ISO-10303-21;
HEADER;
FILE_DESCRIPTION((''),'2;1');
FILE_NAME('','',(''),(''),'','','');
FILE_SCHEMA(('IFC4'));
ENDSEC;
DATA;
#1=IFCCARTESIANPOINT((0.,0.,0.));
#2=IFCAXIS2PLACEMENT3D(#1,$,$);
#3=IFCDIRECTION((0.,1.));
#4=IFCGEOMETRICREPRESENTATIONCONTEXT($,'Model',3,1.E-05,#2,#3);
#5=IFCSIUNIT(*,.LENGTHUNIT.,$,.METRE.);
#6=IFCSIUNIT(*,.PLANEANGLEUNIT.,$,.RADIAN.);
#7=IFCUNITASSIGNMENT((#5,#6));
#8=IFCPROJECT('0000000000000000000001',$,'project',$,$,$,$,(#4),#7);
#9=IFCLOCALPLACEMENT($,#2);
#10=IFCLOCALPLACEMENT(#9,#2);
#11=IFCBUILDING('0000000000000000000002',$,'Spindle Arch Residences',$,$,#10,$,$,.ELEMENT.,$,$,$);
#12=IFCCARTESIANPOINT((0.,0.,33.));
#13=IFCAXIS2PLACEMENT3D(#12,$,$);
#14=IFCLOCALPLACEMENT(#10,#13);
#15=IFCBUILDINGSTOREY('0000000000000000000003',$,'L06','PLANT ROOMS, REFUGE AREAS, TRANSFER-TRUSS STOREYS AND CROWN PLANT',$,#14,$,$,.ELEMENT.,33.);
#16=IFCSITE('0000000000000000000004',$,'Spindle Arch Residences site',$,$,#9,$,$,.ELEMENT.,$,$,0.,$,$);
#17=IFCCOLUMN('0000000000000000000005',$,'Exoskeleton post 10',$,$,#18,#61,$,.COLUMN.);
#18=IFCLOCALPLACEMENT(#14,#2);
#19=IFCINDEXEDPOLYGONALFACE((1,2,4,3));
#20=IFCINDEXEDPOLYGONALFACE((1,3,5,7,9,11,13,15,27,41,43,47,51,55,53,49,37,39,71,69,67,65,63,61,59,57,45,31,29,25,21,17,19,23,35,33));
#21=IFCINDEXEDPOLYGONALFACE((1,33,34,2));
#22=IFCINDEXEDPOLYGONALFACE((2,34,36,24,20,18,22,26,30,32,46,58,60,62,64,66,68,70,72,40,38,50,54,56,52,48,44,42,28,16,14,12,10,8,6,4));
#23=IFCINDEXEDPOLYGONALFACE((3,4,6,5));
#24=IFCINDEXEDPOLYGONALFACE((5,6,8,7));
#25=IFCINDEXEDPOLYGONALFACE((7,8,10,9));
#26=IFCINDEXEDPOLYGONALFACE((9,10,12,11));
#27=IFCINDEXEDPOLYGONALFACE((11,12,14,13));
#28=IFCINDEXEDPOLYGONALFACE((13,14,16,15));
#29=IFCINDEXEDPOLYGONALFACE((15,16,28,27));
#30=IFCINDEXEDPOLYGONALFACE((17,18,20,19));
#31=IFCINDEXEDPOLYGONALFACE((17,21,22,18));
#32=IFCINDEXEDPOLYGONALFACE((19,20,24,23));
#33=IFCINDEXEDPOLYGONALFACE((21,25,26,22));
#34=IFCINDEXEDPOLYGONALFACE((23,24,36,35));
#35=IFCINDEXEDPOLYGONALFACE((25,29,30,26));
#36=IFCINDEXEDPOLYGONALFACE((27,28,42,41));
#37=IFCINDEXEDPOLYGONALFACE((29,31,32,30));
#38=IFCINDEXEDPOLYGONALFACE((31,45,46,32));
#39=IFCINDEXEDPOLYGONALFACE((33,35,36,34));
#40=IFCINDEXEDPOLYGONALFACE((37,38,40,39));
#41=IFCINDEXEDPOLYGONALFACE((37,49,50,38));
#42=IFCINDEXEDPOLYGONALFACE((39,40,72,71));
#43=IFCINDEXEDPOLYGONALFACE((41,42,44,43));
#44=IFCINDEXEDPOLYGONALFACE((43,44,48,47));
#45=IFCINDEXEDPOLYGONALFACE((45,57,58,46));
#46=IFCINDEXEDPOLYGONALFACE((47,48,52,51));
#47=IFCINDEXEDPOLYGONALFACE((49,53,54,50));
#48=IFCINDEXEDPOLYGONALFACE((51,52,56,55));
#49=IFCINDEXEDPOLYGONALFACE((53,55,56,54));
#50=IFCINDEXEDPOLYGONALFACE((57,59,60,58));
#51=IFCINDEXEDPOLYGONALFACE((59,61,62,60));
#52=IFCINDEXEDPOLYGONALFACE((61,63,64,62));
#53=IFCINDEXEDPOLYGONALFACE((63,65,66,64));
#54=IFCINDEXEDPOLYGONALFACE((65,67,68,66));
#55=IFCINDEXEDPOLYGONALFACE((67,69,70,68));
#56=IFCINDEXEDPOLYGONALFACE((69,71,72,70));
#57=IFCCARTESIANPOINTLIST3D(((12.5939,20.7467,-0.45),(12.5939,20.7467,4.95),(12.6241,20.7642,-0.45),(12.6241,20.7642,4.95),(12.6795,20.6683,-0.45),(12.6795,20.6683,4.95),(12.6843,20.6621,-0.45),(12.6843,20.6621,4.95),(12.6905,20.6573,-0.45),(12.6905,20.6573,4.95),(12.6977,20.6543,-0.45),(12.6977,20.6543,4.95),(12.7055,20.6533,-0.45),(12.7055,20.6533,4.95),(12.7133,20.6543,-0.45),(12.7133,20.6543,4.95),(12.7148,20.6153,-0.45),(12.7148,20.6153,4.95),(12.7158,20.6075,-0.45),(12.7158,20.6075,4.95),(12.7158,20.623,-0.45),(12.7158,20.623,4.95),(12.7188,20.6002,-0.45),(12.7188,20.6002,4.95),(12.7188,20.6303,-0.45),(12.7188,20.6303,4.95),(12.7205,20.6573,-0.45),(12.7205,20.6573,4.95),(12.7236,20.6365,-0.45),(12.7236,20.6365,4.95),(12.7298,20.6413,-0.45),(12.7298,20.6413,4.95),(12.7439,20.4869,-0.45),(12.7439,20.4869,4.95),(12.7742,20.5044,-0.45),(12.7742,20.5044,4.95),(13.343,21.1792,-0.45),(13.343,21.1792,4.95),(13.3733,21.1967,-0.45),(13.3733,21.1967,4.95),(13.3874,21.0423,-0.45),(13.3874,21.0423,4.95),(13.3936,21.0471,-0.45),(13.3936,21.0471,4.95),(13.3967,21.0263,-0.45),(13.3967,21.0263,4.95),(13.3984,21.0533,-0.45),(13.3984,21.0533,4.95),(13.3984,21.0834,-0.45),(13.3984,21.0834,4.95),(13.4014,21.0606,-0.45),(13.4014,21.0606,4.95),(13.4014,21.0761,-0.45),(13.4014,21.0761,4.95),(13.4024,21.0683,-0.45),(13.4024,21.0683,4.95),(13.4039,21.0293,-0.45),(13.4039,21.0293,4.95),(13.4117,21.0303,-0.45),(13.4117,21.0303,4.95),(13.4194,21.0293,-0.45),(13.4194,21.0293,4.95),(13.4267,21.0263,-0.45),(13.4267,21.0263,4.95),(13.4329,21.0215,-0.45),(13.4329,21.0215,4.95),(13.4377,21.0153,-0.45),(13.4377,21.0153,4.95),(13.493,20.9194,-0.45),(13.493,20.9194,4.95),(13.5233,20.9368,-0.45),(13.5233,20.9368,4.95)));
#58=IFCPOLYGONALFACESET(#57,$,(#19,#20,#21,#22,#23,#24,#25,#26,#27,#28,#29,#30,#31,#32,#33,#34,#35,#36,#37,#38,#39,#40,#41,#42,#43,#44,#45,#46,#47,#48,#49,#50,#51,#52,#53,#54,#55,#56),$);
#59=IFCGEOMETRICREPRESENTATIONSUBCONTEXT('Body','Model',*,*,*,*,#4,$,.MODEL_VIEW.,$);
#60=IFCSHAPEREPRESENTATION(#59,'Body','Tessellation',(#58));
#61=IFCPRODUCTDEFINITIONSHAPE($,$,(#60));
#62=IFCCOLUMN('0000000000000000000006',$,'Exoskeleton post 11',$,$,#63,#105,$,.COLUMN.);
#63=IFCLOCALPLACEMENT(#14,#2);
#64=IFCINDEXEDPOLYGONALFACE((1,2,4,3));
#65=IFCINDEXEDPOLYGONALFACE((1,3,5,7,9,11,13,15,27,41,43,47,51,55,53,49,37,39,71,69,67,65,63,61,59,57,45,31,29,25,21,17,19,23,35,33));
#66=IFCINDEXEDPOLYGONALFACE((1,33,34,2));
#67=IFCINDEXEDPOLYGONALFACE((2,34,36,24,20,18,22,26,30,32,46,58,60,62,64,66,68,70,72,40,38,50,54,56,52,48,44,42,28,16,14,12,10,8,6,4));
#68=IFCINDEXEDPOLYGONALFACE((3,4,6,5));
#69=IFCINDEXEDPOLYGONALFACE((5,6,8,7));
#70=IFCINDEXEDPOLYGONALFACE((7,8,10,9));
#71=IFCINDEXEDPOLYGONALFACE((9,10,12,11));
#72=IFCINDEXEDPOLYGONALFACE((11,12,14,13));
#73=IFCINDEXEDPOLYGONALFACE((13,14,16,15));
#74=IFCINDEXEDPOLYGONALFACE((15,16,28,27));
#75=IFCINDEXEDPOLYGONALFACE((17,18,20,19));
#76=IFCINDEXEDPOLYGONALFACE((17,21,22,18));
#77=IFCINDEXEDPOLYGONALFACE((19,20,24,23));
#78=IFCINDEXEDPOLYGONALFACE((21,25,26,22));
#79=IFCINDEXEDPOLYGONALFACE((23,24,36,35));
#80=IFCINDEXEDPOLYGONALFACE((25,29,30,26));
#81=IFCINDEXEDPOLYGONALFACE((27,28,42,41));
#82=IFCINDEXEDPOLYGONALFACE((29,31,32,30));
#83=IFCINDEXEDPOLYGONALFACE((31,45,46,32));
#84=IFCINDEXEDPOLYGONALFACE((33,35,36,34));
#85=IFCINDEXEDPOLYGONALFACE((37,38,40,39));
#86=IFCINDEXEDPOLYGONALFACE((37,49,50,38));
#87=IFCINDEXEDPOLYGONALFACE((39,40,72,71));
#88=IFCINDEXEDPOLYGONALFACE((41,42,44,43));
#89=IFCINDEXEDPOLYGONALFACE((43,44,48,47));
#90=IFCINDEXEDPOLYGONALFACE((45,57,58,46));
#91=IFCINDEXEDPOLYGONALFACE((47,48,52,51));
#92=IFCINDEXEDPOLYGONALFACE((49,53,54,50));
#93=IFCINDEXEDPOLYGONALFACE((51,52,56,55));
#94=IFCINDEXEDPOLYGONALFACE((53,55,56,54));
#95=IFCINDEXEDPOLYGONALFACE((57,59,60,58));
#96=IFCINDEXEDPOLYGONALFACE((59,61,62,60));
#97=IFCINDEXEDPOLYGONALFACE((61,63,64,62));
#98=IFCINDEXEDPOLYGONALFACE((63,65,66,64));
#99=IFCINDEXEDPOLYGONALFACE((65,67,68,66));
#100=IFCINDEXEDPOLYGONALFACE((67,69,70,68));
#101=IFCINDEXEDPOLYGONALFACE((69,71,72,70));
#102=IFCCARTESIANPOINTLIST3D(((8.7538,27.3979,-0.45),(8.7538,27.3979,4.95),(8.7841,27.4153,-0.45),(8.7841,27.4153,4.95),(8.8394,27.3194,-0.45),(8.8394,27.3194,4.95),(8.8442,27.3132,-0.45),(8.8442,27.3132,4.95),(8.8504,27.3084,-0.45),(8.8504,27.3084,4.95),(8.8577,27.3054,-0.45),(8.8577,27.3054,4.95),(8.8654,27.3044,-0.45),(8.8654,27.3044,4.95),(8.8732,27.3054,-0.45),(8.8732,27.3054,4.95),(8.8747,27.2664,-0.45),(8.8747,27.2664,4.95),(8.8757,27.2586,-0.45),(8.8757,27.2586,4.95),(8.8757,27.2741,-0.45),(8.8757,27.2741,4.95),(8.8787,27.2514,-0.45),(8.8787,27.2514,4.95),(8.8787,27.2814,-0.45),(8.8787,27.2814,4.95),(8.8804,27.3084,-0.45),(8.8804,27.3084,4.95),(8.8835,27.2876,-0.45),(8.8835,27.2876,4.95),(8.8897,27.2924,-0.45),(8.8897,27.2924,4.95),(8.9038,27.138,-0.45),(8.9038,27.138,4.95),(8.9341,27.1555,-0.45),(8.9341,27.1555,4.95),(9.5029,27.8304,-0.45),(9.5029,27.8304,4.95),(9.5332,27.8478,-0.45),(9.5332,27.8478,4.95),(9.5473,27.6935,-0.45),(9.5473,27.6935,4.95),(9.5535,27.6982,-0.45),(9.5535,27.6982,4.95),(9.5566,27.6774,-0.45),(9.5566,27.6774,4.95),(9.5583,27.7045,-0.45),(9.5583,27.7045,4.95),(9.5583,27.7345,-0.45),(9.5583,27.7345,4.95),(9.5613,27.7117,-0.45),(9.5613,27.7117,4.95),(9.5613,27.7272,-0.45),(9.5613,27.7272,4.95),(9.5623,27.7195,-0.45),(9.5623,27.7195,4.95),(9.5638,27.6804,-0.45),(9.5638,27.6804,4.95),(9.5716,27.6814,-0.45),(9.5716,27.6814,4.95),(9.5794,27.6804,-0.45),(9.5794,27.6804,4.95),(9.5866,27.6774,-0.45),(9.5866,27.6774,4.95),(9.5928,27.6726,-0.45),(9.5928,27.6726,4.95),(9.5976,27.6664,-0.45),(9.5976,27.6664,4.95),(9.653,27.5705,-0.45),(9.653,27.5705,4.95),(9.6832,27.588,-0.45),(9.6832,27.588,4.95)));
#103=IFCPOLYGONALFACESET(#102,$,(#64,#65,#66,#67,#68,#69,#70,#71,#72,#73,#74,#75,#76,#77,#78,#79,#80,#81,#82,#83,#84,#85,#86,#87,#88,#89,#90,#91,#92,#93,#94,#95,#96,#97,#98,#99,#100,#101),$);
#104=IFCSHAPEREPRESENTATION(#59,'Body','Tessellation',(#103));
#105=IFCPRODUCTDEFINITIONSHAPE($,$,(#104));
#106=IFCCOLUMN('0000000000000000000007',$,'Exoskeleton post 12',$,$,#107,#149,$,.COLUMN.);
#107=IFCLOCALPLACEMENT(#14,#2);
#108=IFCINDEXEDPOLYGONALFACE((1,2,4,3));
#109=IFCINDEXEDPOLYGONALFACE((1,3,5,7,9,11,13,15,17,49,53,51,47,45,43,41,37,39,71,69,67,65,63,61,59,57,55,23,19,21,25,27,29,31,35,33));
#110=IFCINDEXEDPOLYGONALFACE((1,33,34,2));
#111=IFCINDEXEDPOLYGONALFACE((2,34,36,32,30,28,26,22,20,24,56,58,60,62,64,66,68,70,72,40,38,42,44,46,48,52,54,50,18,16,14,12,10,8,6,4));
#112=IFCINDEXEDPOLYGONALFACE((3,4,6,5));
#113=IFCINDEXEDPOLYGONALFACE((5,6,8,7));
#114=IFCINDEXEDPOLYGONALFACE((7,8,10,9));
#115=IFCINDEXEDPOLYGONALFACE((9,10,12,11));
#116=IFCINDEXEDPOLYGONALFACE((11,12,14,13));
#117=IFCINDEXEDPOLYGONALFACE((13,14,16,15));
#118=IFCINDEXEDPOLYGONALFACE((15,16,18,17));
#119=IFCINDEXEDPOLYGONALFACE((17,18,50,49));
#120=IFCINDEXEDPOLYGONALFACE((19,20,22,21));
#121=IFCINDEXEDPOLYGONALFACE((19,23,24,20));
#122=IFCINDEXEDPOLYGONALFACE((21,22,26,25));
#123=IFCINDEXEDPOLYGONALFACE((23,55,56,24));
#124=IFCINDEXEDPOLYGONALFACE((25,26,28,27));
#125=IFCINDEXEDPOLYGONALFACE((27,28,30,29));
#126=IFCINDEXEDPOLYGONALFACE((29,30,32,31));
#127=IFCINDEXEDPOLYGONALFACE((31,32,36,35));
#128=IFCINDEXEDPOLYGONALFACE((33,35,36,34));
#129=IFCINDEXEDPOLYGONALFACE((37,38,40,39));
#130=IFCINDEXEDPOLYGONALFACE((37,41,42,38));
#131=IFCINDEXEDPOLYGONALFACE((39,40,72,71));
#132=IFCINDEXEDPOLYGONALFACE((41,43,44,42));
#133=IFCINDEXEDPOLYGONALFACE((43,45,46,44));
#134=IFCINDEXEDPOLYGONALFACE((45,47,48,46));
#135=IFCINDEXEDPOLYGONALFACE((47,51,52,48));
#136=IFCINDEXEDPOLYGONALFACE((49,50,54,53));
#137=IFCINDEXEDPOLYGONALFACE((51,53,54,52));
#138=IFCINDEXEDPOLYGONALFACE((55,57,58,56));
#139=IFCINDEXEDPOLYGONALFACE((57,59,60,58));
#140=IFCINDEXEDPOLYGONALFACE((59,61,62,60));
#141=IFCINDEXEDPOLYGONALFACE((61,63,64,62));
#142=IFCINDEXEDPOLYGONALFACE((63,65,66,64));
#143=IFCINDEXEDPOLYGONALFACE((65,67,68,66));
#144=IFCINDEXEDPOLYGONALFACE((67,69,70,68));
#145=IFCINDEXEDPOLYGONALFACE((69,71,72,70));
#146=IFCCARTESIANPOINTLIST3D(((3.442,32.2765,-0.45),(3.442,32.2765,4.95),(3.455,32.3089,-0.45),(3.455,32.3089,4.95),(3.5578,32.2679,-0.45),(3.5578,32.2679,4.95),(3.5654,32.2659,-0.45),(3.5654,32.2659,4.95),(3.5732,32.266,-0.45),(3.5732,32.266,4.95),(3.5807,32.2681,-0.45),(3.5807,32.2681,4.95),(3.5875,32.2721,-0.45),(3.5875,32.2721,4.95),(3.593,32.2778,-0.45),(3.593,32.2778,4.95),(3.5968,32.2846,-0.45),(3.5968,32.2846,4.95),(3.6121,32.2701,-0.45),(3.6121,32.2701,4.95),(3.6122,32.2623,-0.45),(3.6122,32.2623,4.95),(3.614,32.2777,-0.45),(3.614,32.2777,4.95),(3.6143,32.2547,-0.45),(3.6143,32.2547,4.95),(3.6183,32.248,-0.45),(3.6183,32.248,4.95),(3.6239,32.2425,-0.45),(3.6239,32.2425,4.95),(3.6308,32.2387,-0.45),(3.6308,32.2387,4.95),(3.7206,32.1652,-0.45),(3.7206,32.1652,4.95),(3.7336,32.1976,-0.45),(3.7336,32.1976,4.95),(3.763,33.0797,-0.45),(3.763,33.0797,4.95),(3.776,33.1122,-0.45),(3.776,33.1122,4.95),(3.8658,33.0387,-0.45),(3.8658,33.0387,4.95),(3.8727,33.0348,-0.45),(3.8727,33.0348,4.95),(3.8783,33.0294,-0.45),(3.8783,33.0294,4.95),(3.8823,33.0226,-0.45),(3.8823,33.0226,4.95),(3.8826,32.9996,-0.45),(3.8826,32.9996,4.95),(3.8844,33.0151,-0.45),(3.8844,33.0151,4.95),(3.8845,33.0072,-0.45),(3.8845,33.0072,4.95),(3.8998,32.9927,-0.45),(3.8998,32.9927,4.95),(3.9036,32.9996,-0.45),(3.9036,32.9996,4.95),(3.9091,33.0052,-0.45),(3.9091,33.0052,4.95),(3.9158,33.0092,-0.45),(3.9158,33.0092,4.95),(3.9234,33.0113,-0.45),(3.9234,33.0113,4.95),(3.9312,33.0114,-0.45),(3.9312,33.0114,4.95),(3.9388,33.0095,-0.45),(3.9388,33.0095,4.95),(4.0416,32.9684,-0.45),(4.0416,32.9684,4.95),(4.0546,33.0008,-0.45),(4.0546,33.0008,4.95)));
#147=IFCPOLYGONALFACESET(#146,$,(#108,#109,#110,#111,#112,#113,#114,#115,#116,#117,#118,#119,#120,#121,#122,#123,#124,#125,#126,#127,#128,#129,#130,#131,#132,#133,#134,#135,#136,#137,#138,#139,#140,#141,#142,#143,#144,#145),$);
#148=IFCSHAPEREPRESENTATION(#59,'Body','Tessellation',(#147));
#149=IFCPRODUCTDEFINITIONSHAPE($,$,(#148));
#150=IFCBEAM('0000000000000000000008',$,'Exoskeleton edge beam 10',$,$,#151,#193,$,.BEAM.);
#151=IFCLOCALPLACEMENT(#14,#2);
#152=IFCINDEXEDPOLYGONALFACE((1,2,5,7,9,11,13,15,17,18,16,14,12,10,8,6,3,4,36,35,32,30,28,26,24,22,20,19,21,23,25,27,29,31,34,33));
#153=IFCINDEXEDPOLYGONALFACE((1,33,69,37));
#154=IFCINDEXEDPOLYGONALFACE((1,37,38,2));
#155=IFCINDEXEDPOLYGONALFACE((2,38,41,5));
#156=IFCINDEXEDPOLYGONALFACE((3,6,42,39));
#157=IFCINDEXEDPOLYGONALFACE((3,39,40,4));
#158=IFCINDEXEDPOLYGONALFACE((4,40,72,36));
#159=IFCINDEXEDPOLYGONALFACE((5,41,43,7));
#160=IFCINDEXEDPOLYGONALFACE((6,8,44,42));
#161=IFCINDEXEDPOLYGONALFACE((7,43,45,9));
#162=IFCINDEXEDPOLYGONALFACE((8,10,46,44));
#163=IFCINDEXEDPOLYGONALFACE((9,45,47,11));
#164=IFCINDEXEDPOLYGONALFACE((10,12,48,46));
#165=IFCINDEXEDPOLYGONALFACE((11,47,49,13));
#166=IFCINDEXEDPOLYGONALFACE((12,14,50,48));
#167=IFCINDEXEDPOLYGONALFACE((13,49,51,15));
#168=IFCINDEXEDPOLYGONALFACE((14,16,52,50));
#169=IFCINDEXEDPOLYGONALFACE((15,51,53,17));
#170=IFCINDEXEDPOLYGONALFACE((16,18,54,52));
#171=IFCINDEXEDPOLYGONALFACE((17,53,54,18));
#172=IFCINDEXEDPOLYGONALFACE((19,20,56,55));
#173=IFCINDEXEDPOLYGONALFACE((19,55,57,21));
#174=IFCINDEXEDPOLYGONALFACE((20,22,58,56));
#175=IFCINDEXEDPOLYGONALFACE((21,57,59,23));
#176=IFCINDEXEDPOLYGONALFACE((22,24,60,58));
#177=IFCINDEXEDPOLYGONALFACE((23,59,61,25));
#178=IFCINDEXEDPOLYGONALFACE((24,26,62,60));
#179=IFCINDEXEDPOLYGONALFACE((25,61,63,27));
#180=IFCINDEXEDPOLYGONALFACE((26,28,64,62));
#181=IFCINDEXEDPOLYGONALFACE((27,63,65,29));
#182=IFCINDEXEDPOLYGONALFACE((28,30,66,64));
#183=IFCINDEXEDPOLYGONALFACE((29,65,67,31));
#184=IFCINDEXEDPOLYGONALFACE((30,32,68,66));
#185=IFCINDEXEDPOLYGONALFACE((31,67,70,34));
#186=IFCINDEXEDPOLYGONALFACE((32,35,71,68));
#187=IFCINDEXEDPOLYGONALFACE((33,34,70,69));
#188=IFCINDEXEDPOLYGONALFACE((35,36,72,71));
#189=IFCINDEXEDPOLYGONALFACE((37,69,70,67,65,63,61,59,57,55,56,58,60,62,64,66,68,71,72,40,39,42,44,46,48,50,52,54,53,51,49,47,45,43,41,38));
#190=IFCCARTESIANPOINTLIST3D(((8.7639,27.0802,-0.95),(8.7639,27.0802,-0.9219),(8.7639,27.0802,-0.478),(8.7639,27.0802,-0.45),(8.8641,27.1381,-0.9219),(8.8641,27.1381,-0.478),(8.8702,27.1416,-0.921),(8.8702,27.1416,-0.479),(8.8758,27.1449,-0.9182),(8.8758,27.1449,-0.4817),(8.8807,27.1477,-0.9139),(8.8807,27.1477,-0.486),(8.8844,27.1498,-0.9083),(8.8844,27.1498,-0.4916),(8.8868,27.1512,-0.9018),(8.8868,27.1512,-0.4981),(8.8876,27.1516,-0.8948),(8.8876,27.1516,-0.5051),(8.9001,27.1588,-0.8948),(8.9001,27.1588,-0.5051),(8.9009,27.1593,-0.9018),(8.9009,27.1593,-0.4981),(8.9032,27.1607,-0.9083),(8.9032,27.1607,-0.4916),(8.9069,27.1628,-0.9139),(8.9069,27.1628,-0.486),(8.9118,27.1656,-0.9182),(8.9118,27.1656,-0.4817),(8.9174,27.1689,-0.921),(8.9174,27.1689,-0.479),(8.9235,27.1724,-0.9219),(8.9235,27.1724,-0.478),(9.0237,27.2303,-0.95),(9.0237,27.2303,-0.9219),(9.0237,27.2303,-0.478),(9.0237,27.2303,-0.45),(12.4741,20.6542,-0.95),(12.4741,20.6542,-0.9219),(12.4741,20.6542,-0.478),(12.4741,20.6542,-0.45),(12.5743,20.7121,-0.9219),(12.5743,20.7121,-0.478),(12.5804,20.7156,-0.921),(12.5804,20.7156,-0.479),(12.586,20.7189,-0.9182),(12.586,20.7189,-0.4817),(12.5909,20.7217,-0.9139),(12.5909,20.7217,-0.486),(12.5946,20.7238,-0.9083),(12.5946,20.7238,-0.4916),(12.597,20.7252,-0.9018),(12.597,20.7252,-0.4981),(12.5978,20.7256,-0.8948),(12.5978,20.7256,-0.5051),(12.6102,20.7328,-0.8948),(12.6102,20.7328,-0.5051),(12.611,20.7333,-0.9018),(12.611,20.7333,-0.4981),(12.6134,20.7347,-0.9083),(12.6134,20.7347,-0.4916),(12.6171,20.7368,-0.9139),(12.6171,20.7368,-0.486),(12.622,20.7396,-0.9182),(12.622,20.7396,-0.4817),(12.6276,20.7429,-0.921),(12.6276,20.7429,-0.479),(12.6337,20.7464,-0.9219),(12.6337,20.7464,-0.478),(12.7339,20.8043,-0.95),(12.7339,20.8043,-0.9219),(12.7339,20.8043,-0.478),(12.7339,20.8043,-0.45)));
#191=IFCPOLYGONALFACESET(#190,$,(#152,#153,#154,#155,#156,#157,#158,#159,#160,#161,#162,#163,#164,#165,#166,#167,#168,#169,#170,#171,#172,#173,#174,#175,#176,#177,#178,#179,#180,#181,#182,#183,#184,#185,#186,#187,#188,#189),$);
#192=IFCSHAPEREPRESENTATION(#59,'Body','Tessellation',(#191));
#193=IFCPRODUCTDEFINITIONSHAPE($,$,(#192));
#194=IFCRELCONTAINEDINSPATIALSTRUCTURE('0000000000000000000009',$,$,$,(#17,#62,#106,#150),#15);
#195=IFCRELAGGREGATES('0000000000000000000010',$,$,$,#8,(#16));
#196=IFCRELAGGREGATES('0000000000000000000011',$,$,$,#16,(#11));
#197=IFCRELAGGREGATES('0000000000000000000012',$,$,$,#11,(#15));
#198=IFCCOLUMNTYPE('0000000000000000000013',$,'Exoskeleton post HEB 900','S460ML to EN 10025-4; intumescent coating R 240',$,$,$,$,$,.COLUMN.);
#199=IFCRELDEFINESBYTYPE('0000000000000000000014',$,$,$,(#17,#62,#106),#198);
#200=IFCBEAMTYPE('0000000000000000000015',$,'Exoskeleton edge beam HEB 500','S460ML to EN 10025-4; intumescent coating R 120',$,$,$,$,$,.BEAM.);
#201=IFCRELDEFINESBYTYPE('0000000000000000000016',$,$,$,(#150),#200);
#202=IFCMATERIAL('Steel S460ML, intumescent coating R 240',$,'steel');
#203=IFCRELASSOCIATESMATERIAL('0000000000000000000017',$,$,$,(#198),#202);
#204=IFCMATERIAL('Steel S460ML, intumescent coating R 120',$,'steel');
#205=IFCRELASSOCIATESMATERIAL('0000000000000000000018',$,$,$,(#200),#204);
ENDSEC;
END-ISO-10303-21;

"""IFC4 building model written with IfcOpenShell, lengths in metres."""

from ifc_helpers import new_model, si_unit, direction, frame, origin, origin_2d, place, context, subcontext, project, spatial, i_section, extrude, material, material_profile, profile_set, type_object, element, save


model = new_model("IFC4")

# Units and contexts
model_context = context("Model", 3, precision=1e-05, world=origin(), true_north=direction((0.0, 1.0)))
body_context = subcontext(model_context, "Body", "Model", "MODEL_VIEW")
ifc_project = project(units=[si_unit("LENGTHUNIT", "METRE"), si_unit("PLANEANGLEUNIT", "RADIAN")], contexts=[model_context])

# Site, building, storey
site_placement = place(None, origin())
site = spatial("IfcSite", under=ifc_project, at=site_placement, Name="Spindle Arch Residences site", CompositionType="ELEMENT", RefElevation=0.0)
building_placement = place(site_placement, origin())
building = spatial("IfcBuilding", under=site, at=building_placement, Name="Spindle Arch Residences", CompositionType="ELEMENT")
storey_placement = place(building_placement, frame((0.0, 0.0, 33.0)))
storey = spatial("IfcBuildingStorey", under=building, at=storey_placement, Name="L06", Description="PLANT ROOMS, REFUGE AREAS, TRANSFER-TRUSS STOREYS AND CROWN PLANT", CompositionType="ELEMENT", Elevation=33.0)

# Columns
ifc_material_1 = material(Name="Steel S460ML, intumescent coating R 240", Category="steel")
ifc_material_profile_1 = material_profile(ifc_material_1, i_section(OverallWidth=0.3, OverallDepth=0.8999, WebThickness=0.0186, FlangeThickness=0.0349, FilletRadius=0.03, at=origin_2d()), Name="HEB 900")
ifc_profile_set_1 = profile_set([ifc_material_profile_1], Name="Steel S460ML, intumescent coating R 240")
column_type = type_object("IfcColumnType", Name="Exoskeleton post HEB 900", Description="S460ML to EN 10025-4; intumescent coating R 240", PredefinedType="COLUMN", material=ifc_profile_set_1)
for number, where, z_axis, x_axis, name in (
    (1, (13.0586, 20.8418, -0.45), (0.0, 0.0, 1.0), (0.5, -0.866025, 0.0), "Exoskeleton post 10"),
    (2, (9.2185, 27.4929, -0.45), (0.0, 0.0, 1.0), (0.5, -0.866025, 0.0), "Exoskeleton post 11"),
    (3, (3.7483, 32.6387, -0.45), (0.0, 0.0, 1.0), (0.92859, -0.371108, 0.0), "Exoskeleton post 12"),
):
    element("IfcColumn", number, at=place(storey_placement, frame(where, z_axis=z_axis, x_axis=x_axis)), inside=storey, type_object=column_type, Name=name, PredefinedType="COLUMN", context=body_context, shape_type="SweptSolid", body=[
        extrude(i_section(OverallWidth=0.3, OverallDepth=0.8999, WebThickness=0.0186, FlangeThickness=0.0349, FilletRadius=0.03, at=origin_2d()), origin(), (0.0, 0.0, 1.0), 5.3999),
    ])

# Beam
ifc_material_2 = material(Name="Steel S460ML, intumescent coating R 120", Category="steel")
ifc_material_profile_2 = material_profile(ifc_material_2, i_section(OverallWidth=0.3, OverallDepth=0.5, WebThickness=0.0144, FlangeThickness=0.0281, FilletRadius=0.0271, at=origin_2d()), Name="HEB 500")
ifc_profile_set_2 = profile_set([ifc_material_profile_2], Name="Steel S460ML, intumescent coating R 120")
beam_type_1 = type_object("IfcBeamType", Name="Exoskeleton edge beam HEB 500", Description="S460ML to EN 10025-4; intumescent coating R 120", PredefinedType="BEAM", material=ifc_profile_set_2)
beam_1_placement = place(storey_placement, frame((12.604, 20.7292, -0.7), z_axis=(-0.500014, 0.866017, 0.0), x_axis=(-0.866017, -0.500014, 0.0)))
element("IfcBeam", 4, at=beam_1_placement, inside=storey, type_object=beam_type_1, Name="Exoskeleton edge beam 10", PredefinedType="BEAM", context=body_context, shape_type="SweptSolid", body=[
    extrude(i_section(OverallWidth=0.3, OverallDepth=0.5, WebThickness=0.0144, FlangeThickness=0.0281, FilletRadius=0.0271, at=origin_2d()), origin(), (0.0, 0.0, 1.0), 7.4202),
])

save(model, "model.ifc")
